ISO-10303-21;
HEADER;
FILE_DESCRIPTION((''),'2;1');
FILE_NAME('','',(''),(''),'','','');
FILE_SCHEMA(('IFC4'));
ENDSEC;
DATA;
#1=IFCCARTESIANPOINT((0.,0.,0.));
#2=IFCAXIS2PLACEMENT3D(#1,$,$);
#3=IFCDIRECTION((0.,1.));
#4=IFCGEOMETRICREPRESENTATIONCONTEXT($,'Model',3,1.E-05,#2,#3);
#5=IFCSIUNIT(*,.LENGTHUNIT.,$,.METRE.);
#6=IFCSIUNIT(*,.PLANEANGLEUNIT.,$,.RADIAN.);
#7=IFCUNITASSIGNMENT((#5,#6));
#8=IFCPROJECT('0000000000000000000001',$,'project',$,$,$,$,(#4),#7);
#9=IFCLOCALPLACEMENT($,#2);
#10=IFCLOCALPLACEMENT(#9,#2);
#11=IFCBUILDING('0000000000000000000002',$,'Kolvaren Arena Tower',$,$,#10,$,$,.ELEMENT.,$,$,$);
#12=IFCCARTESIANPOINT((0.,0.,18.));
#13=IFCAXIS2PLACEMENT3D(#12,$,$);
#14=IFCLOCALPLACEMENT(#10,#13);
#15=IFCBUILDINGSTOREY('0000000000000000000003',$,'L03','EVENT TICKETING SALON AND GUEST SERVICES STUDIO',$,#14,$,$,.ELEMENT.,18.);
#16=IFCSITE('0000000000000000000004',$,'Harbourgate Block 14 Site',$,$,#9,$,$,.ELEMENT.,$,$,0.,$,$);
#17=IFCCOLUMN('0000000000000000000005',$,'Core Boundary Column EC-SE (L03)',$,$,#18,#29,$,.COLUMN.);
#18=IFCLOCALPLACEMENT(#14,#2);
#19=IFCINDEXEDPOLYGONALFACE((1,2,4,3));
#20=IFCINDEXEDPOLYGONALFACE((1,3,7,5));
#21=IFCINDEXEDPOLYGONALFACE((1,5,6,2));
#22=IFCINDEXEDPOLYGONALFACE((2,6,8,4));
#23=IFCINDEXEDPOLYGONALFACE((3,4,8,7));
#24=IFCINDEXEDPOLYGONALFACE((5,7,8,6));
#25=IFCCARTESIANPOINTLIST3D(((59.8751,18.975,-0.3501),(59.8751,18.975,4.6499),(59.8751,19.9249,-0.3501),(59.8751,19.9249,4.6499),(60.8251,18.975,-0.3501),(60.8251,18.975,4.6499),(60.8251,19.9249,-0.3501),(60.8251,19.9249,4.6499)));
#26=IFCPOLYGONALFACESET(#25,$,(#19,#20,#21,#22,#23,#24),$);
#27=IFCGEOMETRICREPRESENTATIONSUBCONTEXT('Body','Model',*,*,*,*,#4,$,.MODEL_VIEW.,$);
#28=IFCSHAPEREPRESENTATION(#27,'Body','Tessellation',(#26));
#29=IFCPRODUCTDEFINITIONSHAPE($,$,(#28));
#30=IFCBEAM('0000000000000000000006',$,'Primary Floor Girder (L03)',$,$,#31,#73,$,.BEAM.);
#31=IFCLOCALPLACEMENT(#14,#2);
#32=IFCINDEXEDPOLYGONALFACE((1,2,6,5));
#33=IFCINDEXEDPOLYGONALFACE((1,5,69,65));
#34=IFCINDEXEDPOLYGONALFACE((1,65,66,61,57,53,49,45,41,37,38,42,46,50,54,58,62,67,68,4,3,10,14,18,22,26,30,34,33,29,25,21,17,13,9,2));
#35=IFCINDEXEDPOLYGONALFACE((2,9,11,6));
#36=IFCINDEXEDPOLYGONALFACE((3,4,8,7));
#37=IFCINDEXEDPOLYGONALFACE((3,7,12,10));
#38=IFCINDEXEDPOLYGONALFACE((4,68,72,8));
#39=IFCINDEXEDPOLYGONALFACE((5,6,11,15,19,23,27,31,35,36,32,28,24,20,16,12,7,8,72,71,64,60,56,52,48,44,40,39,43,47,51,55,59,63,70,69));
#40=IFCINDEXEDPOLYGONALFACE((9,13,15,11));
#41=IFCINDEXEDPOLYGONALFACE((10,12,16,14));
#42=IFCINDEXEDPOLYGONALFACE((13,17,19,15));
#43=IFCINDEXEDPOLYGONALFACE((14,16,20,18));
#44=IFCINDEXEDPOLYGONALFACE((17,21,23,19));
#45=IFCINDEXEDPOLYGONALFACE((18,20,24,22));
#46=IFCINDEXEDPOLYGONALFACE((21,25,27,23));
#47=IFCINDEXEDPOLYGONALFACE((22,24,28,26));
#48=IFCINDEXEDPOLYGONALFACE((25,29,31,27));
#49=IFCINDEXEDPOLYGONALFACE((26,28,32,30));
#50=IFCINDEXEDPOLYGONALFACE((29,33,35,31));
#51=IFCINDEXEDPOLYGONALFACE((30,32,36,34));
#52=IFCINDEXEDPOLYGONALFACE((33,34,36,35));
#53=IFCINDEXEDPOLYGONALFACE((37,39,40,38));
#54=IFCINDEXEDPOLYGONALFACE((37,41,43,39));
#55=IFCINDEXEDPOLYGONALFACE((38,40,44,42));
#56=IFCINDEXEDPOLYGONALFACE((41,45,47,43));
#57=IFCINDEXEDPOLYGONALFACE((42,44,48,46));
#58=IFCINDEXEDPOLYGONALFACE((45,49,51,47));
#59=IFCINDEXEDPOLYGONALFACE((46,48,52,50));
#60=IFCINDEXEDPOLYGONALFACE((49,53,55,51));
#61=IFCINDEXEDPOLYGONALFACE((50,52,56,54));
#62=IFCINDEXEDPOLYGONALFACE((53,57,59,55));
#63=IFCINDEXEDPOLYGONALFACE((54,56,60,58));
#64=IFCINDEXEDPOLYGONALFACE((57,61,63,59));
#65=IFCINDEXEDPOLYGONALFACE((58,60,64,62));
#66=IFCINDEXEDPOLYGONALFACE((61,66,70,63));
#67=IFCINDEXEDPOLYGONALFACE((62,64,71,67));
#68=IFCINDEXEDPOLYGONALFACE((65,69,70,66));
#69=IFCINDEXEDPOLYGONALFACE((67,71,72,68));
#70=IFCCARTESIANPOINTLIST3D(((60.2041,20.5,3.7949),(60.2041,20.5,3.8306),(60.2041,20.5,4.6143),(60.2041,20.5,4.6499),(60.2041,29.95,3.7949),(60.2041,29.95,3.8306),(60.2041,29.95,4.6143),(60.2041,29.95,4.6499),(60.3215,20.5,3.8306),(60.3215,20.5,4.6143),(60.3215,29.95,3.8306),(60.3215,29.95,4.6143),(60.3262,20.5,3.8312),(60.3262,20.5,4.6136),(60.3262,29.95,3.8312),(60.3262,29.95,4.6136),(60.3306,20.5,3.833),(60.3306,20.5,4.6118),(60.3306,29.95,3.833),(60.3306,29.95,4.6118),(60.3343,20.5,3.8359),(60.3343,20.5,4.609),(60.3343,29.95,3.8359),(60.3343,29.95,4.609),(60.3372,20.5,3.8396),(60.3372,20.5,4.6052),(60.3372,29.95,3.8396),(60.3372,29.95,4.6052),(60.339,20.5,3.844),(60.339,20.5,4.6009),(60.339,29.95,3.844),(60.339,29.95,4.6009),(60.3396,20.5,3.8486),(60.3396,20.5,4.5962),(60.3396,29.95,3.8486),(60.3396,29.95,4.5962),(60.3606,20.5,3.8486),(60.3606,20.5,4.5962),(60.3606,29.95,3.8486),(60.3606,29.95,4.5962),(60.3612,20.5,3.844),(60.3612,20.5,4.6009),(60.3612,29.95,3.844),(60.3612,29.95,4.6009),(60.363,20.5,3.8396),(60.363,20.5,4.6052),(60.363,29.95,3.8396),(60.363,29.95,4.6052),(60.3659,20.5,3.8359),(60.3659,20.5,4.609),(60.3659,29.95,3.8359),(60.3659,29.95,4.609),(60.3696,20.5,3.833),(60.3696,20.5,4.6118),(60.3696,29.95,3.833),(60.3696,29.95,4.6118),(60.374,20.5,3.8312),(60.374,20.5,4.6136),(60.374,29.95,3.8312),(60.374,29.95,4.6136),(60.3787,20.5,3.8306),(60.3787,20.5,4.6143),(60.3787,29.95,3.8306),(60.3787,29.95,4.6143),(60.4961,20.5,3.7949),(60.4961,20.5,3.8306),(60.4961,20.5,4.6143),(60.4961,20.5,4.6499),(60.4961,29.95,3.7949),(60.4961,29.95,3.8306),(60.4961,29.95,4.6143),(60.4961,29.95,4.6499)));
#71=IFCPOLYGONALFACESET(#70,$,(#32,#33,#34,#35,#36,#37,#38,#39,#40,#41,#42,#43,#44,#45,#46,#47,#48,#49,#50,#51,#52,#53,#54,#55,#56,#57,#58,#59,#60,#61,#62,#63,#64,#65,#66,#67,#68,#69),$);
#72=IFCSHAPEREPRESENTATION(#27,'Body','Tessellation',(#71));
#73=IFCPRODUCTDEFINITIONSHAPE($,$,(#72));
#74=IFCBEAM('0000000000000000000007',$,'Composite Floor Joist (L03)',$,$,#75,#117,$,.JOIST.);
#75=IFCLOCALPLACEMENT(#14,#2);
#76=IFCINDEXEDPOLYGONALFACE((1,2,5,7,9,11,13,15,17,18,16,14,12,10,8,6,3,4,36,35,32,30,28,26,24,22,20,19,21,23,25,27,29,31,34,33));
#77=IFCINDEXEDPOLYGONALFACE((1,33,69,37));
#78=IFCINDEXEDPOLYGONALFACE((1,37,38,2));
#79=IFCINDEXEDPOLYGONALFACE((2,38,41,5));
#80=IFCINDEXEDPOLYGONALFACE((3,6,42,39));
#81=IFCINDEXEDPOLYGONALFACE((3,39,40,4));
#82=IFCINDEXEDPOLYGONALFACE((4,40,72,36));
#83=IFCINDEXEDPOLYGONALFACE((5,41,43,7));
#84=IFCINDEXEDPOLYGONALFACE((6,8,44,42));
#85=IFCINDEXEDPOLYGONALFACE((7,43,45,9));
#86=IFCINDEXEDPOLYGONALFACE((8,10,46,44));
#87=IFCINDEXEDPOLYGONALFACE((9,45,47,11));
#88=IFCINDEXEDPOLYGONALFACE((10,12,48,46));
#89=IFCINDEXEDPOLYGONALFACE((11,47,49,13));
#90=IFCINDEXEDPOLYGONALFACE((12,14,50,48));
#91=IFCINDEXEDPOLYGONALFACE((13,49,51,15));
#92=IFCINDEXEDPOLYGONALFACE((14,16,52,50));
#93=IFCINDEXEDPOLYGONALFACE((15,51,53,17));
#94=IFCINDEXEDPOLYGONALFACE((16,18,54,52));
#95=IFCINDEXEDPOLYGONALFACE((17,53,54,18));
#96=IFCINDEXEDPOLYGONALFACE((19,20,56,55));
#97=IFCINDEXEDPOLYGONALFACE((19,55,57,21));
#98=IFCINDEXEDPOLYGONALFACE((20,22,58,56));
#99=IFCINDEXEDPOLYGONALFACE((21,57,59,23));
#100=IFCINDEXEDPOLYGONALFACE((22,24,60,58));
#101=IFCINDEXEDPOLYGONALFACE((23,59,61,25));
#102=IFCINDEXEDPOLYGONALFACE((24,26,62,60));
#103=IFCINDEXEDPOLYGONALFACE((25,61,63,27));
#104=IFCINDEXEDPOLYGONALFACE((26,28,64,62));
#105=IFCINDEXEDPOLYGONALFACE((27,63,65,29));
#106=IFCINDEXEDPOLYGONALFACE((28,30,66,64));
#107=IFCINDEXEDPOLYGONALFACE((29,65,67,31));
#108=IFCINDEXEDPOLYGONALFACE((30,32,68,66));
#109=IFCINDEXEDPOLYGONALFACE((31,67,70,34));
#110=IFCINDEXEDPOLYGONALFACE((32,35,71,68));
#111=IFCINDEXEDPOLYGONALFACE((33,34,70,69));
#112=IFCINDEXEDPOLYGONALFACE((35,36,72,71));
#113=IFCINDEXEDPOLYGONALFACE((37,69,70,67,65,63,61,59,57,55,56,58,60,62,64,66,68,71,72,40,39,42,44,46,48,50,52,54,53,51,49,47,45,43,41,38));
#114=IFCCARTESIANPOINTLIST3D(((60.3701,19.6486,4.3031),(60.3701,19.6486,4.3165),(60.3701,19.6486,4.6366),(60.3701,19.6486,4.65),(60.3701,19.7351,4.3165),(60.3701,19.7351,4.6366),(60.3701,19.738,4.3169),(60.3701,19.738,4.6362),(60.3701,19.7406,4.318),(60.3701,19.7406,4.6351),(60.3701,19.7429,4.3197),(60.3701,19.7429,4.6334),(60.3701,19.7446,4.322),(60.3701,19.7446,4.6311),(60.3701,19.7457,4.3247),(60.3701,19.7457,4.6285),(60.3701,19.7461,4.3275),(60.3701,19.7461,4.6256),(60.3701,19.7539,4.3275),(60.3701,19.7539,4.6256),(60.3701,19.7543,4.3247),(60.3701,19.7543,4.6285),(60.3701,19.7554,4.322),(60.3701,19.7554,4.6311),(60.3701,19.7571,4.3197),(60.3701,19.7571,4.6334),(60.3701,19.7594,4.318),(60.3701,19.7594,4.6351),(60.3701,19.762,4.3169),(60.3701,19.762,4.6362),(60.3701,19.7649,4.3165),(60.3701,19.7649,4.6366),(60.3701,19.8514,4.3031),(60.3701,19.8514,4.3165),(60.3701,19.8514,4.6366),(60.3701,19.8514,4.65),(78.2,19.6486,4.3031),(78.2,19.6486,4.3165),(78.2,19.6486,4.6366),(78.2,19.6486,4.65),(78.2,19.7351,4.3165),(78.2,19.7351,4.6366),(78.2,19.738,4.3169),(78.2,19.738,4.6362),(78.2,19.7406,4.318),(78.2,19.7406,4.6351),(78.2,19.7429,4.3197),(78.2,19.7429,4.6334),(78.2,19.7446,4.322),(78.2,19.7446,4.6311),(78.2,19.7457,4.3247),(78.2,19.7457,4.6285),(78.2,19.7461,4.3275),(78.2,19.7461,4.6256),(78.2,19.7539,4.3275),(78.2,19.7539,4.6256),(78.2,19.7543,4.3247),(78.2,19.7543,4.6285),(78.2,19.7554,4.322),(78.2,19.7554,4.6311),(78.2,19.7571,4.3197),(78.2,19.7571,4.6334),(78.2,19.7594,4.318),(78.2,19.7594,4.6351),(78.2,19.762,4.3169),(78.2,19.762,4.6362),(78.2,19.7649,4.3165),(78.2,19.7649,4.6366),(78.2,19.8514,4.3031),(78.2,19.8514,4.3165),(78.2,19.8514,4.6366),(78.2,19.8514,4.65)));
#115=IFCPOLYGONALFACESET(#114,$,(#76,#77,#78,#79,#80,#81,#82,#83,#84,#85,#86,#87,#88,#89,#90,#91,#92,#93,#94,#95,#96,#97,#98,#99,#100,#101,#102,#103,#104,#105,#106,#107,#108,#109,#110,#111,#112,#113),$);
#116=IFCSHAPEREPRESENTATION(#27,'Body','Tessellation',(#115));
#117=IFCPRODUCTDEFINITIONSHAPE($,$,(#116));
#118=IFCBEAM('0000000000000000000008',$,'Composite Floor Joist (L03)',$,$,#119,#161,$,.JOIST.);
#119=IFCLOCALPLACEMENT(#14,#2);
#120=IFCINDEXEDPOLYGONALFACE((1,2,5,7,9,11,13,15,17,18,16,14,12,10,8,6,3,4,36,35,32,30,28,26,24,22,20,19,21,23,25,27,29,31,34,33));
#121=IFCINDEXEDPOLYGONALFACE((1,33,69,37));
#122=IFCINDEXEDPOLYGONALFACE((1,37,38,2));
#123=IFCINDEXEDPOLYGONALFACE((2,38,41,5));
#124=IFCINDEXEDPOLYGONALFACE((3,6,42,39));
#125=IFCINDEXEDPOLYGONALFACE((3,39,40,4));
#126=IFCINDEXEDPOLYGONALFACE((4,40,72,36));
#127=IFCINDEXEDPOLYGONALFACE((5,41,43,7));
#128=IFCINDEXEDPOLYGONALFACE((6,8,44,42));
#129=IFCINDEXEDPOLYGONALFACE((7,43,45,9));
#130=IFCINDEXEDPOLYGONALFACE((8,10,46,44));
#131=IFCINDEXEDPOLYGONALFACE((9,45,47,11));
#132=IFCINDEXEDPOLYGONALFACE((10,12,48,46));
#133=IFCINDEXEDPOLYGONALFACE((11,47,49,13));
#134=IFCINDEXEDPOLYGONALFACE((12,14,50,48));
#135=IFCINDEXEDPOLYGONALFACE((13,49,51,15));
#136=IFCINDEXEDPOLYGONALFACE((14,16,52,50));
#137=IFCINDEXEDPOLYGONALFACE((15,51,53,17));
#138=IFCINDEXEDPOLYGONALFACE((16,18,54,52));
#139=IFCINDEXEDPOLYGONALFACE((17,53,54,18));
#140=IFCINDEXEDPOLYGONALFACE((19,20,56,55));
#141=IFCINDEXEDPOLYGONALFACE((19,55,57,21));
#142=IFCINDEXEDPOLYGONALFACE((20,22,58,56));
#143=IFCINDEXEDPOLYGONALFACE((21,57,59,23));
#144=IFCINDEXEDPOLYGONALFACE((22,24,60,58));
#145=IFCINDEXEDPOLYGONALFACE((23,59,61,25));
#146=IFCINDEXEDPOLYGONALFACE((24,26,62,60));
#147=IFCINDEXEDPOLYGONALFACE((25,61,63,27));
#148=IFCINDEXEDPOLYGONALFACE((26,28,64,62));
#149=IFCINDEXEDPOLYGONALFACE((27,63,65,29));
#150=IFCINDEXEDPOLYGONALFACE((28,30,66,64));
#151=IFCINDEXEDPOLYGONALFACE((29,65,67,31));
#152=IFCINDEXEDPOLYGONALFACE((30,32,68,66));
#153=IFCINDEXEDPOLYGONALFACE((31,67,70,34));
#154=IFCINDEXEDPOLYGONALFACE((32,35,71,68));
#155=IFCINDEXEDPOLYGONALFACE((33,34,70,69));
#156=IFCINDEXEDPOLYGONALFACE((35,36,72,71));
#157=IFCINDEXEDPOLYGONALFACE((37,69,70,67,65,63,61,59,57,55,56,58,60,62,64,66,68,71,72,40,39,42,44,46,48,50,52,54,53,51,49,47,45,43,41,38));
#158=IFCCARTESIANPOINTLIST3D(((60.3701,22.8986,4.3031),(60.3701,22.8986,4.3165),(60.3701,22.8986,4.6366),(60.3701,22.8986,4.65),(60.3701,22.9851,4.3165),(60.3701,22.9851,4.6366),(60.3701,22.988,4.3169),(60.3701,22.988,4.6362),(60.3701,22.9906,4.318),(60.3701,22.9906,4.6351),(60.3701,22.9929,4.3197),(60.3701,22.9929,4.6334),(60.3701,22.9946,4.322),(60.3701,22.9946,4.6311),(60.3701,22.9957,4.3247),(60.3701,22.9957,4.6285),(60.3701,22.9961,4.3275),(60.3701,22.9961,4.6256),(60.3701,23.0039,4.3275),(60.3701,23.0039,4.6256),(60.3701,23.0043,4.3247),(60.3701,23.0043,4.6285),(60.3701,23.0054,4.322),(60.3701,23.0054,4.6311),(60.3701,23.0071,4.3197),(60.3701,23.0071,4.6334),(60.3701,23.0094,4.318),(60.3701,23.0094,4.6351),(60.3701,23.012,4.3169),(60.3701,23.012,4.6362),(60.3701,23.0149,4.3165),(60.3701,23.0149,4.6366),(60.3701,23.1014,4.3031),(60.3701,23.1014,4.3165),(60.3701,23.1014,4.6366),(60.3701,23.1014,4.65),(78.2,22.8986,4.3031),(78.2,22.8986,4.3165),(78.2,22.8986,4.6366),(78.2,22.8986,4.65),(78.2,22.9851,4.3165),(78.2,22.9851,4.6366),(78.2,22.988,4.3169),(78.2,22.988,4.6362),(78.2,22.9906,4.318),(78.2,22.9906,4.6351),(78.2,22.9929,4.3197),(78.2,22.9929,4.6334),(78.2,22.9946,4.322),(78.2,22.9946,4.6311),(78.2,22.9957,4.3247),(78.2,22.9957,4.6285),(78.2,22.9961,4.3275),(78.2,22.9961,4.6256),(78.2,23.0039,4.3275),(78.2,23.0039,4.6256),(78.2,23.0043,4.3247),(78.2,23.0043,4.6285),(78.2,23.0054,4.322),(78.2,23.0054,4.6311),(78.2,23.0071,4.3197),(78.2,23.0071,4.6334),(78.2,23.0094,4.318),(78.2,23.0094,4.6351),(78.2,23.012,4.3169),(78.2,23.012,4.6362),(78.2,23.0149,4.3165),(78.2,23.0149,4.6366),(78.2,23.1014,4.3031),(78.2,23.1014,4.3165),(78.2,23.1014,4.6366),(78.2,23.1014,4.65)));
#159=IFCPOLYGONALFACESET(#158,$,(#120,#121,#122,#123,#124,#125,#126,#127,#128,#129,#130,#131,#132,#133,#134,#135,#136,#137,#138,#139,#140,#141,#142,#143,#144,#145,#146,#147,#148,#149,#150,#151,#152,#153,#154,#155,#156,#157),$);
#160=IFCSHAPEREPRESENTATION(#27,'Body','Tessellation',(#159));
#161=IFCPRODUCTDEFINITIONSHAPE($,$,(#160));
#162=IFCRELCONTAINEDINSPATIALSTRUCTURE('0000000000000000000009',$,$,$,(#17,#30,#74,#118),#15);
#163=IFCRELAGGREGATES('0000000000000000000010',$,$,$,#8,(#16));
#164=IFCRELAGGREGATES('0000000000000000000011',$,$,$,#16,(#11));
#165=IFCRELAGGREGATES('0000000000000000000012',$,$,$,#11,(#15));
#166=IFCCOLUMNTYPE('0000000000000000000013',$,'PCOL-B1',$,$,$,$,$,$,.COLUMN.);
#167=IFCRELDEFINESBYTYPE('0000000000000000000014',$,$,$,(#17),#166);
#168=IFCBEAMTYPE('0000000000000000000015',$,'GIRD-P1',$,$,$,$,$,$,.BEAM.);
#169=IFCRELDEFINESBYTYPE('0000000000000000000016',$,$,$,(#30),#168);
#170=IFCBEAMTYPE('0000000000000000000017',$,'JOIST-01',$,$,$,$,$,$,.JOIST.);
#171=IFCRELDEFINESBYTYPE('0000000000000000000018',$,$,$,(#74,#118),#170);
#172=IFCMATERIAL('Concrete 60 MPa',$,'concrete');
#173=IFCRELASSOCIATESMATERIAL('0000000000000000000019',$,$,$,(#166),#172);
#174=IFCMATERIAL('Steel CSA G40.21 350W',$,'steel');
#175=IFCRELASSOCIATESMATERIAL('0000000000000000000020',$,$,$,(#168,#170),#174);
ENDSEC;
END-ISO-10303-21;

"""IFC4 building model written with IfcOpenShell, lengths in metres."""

from ifc_helpers import new_model, si_unit, direction, frame, origin, origin_2d, place, context, subcontext, project, spatial, rectangle, i_section, extrude, material, material_profile, profile_set, type_object, element, save


model = new_model("IFC4")

# Units and contexts
model_context = context("Model", 3, precision=1e-05, world=origin(), true_north=direction((0.0, 1.0)))
body_context = subcontext(model_context, "Body", "Model", "MODEL_VIEW")
ifc_project = project(units=[si_unit("LENGTHUNIT", "METRE"), si_unit("PLANEANGLEUNIT", "RADIAN")], contexts=[model_context])

# Site, building, storey
site_placement = place(None, origin())
site = spatial("IfcSite", under=ifc_project, at=site_placement, Name="Harbourgate Block 14 Site", CompositionType="ELEMENT", RefElevation=0.0)
building_placement = place(site_placement, origin())
building = spatial("IfcBuilding", under=site, at=building_placement, Name="Kolvaren Arena Tower", CompositionType="ELEMENT")
storey_placement = place(building_placement, frame((0.0, 0.0, 18.0)))
storey = spatial("IfcBuildingStorey", under=building, at=storey_placement, Name="L03", Description="EVENT TICKETING SALON AND GUEST SERVICES STUDIO", CompositionType="ELEMENT", Elevation=18.0)

# Column
ifc_material_1 = material(Name="Concrete 60 MPa", Category="concrete")
ifc_material_profile_1 = material_profile(ifc_material_1, rectangle(XDim=0.95, YDim=0.95, at=origin_2d()), Name="RC-950x950")
ifc_profile_set_1 = profile_set([ifc_material_profile_1], Name="Concrete 60 MPa")
column_type = type_object("IfcColumnType", Name="PCOL-B1", PredefinedType="COLUMN", material=ifc_profile_set_1)
column_placement = place(storey_placement, frame((60.3501, 19.45, -0.3501), z_axis=(0.0, 0.0, 1.0), x_axis=(1.0, 0.0, 0.0)))
element("IfcColumn", 1, at=column_placement, inside=storey, type_object=column_type, Name="Core Boundary Column EC-SE (L03)", PredefinedType="COLUMN", context=body_context, shape_type="SweptSolid", body=[
    extrude(rectangle(XDim=0.95, YDim=0.95, at=origin_2d()), origin(), (0.0, 0.0, 1.0), 5.0),
])

# Beams
ifc_material_2 = material(Name="Steel CSA G40.21 350W", Category="steel")
ifc_material_profile_2 = material_profile(ifc_material_2, i_section(OverallWidth=0.292, OverallDepth=0.855, WebThickness=0.021, FlangeThickness=0.0356, FilletRadius=0.0181, at=origin_2d()), Name="W840x299")
ifc_profile_set_2 = profile_set([ifc_material_profile_2], Name="Steel CSA G40.21 350W")
beam_type_1 = type_object("IfcBeamType", Name="GIRD-P1", PredefinedType="BEAM", material=ifc_profile_set_2)
beam_placement = place(storey_placement, frame((60.3501, 20.5, 4.2224), z_axis=(0.0, 1.0, 0.0), x_axis=(-1.0, 0.0, 0.0)))
element("IfcBeam", 2, at=beam_placement, inside=storey, type_object=beam_type_1, Name="Primary Floor Girder (L03)", PredefinedType="BEAM", context=body_context, shape_type="SweptSolid", body=[
    extrude(i_section(OverallWidth=0.292, OverallDepth=0.855, WebThickness=0.021, FlangeThickness=0.0356, FilletRadius=0.0181, at=origin_2d()), origin(), (0.0, 0.0, 1.0), 9.45),
])
ifc_material_profile_3 = material_profile(ifc_material_2, i_section(OverallWidth=0.2029, OverallDepth=0.3469, WebThickness=0.0078, FlangeThickness=0.0134, FilletRadius=0.011, at=origin_2d()), Name="W360x64")
ifc_profile_set_3 = profile_set([ifc_material_profile_3], Name="Steel CSA G40.21 350W")
beam_type_2 = type_object("IfcBeamType", Name="JOIST-01", PredefinedType="JOIST", material=ifc_profile_set_3)
for number, where, z_axis, x_axis, name in (
    (3, (60.3701, 19.75, 4.4766), (1.0, 0.0, 0.0), (0.0, 1.0, 0.0), "Composite Floor Joist (L03)"),
    (4, (60.3701, 23.0, 4.4766), (1.0, 0.0, 0.0), (0.0, 1.0, 0.0), "Composite Floor Joist (L03)"),
):
    element("IfcBeam", number, at=place(storey_placement, frame(where, z_axis=z_axis, x_axis=x_axis)), inside=storey, type_object=beam_type_2, Name=name, PredefinedType="JOIST", context=body_context, shape_type="SweptSolid", body=[
        extrude(i_section(OverallWidth=0.2029, OverallDepth=0.3469, WebThickness=0.0078, FlangeThickness=0.0134, FilletRadius=0.011, at=origin_2d()), origin(), (0.0, 0.0, 1.0), 17.8298),
    ])

save(model, "model.ifc")
